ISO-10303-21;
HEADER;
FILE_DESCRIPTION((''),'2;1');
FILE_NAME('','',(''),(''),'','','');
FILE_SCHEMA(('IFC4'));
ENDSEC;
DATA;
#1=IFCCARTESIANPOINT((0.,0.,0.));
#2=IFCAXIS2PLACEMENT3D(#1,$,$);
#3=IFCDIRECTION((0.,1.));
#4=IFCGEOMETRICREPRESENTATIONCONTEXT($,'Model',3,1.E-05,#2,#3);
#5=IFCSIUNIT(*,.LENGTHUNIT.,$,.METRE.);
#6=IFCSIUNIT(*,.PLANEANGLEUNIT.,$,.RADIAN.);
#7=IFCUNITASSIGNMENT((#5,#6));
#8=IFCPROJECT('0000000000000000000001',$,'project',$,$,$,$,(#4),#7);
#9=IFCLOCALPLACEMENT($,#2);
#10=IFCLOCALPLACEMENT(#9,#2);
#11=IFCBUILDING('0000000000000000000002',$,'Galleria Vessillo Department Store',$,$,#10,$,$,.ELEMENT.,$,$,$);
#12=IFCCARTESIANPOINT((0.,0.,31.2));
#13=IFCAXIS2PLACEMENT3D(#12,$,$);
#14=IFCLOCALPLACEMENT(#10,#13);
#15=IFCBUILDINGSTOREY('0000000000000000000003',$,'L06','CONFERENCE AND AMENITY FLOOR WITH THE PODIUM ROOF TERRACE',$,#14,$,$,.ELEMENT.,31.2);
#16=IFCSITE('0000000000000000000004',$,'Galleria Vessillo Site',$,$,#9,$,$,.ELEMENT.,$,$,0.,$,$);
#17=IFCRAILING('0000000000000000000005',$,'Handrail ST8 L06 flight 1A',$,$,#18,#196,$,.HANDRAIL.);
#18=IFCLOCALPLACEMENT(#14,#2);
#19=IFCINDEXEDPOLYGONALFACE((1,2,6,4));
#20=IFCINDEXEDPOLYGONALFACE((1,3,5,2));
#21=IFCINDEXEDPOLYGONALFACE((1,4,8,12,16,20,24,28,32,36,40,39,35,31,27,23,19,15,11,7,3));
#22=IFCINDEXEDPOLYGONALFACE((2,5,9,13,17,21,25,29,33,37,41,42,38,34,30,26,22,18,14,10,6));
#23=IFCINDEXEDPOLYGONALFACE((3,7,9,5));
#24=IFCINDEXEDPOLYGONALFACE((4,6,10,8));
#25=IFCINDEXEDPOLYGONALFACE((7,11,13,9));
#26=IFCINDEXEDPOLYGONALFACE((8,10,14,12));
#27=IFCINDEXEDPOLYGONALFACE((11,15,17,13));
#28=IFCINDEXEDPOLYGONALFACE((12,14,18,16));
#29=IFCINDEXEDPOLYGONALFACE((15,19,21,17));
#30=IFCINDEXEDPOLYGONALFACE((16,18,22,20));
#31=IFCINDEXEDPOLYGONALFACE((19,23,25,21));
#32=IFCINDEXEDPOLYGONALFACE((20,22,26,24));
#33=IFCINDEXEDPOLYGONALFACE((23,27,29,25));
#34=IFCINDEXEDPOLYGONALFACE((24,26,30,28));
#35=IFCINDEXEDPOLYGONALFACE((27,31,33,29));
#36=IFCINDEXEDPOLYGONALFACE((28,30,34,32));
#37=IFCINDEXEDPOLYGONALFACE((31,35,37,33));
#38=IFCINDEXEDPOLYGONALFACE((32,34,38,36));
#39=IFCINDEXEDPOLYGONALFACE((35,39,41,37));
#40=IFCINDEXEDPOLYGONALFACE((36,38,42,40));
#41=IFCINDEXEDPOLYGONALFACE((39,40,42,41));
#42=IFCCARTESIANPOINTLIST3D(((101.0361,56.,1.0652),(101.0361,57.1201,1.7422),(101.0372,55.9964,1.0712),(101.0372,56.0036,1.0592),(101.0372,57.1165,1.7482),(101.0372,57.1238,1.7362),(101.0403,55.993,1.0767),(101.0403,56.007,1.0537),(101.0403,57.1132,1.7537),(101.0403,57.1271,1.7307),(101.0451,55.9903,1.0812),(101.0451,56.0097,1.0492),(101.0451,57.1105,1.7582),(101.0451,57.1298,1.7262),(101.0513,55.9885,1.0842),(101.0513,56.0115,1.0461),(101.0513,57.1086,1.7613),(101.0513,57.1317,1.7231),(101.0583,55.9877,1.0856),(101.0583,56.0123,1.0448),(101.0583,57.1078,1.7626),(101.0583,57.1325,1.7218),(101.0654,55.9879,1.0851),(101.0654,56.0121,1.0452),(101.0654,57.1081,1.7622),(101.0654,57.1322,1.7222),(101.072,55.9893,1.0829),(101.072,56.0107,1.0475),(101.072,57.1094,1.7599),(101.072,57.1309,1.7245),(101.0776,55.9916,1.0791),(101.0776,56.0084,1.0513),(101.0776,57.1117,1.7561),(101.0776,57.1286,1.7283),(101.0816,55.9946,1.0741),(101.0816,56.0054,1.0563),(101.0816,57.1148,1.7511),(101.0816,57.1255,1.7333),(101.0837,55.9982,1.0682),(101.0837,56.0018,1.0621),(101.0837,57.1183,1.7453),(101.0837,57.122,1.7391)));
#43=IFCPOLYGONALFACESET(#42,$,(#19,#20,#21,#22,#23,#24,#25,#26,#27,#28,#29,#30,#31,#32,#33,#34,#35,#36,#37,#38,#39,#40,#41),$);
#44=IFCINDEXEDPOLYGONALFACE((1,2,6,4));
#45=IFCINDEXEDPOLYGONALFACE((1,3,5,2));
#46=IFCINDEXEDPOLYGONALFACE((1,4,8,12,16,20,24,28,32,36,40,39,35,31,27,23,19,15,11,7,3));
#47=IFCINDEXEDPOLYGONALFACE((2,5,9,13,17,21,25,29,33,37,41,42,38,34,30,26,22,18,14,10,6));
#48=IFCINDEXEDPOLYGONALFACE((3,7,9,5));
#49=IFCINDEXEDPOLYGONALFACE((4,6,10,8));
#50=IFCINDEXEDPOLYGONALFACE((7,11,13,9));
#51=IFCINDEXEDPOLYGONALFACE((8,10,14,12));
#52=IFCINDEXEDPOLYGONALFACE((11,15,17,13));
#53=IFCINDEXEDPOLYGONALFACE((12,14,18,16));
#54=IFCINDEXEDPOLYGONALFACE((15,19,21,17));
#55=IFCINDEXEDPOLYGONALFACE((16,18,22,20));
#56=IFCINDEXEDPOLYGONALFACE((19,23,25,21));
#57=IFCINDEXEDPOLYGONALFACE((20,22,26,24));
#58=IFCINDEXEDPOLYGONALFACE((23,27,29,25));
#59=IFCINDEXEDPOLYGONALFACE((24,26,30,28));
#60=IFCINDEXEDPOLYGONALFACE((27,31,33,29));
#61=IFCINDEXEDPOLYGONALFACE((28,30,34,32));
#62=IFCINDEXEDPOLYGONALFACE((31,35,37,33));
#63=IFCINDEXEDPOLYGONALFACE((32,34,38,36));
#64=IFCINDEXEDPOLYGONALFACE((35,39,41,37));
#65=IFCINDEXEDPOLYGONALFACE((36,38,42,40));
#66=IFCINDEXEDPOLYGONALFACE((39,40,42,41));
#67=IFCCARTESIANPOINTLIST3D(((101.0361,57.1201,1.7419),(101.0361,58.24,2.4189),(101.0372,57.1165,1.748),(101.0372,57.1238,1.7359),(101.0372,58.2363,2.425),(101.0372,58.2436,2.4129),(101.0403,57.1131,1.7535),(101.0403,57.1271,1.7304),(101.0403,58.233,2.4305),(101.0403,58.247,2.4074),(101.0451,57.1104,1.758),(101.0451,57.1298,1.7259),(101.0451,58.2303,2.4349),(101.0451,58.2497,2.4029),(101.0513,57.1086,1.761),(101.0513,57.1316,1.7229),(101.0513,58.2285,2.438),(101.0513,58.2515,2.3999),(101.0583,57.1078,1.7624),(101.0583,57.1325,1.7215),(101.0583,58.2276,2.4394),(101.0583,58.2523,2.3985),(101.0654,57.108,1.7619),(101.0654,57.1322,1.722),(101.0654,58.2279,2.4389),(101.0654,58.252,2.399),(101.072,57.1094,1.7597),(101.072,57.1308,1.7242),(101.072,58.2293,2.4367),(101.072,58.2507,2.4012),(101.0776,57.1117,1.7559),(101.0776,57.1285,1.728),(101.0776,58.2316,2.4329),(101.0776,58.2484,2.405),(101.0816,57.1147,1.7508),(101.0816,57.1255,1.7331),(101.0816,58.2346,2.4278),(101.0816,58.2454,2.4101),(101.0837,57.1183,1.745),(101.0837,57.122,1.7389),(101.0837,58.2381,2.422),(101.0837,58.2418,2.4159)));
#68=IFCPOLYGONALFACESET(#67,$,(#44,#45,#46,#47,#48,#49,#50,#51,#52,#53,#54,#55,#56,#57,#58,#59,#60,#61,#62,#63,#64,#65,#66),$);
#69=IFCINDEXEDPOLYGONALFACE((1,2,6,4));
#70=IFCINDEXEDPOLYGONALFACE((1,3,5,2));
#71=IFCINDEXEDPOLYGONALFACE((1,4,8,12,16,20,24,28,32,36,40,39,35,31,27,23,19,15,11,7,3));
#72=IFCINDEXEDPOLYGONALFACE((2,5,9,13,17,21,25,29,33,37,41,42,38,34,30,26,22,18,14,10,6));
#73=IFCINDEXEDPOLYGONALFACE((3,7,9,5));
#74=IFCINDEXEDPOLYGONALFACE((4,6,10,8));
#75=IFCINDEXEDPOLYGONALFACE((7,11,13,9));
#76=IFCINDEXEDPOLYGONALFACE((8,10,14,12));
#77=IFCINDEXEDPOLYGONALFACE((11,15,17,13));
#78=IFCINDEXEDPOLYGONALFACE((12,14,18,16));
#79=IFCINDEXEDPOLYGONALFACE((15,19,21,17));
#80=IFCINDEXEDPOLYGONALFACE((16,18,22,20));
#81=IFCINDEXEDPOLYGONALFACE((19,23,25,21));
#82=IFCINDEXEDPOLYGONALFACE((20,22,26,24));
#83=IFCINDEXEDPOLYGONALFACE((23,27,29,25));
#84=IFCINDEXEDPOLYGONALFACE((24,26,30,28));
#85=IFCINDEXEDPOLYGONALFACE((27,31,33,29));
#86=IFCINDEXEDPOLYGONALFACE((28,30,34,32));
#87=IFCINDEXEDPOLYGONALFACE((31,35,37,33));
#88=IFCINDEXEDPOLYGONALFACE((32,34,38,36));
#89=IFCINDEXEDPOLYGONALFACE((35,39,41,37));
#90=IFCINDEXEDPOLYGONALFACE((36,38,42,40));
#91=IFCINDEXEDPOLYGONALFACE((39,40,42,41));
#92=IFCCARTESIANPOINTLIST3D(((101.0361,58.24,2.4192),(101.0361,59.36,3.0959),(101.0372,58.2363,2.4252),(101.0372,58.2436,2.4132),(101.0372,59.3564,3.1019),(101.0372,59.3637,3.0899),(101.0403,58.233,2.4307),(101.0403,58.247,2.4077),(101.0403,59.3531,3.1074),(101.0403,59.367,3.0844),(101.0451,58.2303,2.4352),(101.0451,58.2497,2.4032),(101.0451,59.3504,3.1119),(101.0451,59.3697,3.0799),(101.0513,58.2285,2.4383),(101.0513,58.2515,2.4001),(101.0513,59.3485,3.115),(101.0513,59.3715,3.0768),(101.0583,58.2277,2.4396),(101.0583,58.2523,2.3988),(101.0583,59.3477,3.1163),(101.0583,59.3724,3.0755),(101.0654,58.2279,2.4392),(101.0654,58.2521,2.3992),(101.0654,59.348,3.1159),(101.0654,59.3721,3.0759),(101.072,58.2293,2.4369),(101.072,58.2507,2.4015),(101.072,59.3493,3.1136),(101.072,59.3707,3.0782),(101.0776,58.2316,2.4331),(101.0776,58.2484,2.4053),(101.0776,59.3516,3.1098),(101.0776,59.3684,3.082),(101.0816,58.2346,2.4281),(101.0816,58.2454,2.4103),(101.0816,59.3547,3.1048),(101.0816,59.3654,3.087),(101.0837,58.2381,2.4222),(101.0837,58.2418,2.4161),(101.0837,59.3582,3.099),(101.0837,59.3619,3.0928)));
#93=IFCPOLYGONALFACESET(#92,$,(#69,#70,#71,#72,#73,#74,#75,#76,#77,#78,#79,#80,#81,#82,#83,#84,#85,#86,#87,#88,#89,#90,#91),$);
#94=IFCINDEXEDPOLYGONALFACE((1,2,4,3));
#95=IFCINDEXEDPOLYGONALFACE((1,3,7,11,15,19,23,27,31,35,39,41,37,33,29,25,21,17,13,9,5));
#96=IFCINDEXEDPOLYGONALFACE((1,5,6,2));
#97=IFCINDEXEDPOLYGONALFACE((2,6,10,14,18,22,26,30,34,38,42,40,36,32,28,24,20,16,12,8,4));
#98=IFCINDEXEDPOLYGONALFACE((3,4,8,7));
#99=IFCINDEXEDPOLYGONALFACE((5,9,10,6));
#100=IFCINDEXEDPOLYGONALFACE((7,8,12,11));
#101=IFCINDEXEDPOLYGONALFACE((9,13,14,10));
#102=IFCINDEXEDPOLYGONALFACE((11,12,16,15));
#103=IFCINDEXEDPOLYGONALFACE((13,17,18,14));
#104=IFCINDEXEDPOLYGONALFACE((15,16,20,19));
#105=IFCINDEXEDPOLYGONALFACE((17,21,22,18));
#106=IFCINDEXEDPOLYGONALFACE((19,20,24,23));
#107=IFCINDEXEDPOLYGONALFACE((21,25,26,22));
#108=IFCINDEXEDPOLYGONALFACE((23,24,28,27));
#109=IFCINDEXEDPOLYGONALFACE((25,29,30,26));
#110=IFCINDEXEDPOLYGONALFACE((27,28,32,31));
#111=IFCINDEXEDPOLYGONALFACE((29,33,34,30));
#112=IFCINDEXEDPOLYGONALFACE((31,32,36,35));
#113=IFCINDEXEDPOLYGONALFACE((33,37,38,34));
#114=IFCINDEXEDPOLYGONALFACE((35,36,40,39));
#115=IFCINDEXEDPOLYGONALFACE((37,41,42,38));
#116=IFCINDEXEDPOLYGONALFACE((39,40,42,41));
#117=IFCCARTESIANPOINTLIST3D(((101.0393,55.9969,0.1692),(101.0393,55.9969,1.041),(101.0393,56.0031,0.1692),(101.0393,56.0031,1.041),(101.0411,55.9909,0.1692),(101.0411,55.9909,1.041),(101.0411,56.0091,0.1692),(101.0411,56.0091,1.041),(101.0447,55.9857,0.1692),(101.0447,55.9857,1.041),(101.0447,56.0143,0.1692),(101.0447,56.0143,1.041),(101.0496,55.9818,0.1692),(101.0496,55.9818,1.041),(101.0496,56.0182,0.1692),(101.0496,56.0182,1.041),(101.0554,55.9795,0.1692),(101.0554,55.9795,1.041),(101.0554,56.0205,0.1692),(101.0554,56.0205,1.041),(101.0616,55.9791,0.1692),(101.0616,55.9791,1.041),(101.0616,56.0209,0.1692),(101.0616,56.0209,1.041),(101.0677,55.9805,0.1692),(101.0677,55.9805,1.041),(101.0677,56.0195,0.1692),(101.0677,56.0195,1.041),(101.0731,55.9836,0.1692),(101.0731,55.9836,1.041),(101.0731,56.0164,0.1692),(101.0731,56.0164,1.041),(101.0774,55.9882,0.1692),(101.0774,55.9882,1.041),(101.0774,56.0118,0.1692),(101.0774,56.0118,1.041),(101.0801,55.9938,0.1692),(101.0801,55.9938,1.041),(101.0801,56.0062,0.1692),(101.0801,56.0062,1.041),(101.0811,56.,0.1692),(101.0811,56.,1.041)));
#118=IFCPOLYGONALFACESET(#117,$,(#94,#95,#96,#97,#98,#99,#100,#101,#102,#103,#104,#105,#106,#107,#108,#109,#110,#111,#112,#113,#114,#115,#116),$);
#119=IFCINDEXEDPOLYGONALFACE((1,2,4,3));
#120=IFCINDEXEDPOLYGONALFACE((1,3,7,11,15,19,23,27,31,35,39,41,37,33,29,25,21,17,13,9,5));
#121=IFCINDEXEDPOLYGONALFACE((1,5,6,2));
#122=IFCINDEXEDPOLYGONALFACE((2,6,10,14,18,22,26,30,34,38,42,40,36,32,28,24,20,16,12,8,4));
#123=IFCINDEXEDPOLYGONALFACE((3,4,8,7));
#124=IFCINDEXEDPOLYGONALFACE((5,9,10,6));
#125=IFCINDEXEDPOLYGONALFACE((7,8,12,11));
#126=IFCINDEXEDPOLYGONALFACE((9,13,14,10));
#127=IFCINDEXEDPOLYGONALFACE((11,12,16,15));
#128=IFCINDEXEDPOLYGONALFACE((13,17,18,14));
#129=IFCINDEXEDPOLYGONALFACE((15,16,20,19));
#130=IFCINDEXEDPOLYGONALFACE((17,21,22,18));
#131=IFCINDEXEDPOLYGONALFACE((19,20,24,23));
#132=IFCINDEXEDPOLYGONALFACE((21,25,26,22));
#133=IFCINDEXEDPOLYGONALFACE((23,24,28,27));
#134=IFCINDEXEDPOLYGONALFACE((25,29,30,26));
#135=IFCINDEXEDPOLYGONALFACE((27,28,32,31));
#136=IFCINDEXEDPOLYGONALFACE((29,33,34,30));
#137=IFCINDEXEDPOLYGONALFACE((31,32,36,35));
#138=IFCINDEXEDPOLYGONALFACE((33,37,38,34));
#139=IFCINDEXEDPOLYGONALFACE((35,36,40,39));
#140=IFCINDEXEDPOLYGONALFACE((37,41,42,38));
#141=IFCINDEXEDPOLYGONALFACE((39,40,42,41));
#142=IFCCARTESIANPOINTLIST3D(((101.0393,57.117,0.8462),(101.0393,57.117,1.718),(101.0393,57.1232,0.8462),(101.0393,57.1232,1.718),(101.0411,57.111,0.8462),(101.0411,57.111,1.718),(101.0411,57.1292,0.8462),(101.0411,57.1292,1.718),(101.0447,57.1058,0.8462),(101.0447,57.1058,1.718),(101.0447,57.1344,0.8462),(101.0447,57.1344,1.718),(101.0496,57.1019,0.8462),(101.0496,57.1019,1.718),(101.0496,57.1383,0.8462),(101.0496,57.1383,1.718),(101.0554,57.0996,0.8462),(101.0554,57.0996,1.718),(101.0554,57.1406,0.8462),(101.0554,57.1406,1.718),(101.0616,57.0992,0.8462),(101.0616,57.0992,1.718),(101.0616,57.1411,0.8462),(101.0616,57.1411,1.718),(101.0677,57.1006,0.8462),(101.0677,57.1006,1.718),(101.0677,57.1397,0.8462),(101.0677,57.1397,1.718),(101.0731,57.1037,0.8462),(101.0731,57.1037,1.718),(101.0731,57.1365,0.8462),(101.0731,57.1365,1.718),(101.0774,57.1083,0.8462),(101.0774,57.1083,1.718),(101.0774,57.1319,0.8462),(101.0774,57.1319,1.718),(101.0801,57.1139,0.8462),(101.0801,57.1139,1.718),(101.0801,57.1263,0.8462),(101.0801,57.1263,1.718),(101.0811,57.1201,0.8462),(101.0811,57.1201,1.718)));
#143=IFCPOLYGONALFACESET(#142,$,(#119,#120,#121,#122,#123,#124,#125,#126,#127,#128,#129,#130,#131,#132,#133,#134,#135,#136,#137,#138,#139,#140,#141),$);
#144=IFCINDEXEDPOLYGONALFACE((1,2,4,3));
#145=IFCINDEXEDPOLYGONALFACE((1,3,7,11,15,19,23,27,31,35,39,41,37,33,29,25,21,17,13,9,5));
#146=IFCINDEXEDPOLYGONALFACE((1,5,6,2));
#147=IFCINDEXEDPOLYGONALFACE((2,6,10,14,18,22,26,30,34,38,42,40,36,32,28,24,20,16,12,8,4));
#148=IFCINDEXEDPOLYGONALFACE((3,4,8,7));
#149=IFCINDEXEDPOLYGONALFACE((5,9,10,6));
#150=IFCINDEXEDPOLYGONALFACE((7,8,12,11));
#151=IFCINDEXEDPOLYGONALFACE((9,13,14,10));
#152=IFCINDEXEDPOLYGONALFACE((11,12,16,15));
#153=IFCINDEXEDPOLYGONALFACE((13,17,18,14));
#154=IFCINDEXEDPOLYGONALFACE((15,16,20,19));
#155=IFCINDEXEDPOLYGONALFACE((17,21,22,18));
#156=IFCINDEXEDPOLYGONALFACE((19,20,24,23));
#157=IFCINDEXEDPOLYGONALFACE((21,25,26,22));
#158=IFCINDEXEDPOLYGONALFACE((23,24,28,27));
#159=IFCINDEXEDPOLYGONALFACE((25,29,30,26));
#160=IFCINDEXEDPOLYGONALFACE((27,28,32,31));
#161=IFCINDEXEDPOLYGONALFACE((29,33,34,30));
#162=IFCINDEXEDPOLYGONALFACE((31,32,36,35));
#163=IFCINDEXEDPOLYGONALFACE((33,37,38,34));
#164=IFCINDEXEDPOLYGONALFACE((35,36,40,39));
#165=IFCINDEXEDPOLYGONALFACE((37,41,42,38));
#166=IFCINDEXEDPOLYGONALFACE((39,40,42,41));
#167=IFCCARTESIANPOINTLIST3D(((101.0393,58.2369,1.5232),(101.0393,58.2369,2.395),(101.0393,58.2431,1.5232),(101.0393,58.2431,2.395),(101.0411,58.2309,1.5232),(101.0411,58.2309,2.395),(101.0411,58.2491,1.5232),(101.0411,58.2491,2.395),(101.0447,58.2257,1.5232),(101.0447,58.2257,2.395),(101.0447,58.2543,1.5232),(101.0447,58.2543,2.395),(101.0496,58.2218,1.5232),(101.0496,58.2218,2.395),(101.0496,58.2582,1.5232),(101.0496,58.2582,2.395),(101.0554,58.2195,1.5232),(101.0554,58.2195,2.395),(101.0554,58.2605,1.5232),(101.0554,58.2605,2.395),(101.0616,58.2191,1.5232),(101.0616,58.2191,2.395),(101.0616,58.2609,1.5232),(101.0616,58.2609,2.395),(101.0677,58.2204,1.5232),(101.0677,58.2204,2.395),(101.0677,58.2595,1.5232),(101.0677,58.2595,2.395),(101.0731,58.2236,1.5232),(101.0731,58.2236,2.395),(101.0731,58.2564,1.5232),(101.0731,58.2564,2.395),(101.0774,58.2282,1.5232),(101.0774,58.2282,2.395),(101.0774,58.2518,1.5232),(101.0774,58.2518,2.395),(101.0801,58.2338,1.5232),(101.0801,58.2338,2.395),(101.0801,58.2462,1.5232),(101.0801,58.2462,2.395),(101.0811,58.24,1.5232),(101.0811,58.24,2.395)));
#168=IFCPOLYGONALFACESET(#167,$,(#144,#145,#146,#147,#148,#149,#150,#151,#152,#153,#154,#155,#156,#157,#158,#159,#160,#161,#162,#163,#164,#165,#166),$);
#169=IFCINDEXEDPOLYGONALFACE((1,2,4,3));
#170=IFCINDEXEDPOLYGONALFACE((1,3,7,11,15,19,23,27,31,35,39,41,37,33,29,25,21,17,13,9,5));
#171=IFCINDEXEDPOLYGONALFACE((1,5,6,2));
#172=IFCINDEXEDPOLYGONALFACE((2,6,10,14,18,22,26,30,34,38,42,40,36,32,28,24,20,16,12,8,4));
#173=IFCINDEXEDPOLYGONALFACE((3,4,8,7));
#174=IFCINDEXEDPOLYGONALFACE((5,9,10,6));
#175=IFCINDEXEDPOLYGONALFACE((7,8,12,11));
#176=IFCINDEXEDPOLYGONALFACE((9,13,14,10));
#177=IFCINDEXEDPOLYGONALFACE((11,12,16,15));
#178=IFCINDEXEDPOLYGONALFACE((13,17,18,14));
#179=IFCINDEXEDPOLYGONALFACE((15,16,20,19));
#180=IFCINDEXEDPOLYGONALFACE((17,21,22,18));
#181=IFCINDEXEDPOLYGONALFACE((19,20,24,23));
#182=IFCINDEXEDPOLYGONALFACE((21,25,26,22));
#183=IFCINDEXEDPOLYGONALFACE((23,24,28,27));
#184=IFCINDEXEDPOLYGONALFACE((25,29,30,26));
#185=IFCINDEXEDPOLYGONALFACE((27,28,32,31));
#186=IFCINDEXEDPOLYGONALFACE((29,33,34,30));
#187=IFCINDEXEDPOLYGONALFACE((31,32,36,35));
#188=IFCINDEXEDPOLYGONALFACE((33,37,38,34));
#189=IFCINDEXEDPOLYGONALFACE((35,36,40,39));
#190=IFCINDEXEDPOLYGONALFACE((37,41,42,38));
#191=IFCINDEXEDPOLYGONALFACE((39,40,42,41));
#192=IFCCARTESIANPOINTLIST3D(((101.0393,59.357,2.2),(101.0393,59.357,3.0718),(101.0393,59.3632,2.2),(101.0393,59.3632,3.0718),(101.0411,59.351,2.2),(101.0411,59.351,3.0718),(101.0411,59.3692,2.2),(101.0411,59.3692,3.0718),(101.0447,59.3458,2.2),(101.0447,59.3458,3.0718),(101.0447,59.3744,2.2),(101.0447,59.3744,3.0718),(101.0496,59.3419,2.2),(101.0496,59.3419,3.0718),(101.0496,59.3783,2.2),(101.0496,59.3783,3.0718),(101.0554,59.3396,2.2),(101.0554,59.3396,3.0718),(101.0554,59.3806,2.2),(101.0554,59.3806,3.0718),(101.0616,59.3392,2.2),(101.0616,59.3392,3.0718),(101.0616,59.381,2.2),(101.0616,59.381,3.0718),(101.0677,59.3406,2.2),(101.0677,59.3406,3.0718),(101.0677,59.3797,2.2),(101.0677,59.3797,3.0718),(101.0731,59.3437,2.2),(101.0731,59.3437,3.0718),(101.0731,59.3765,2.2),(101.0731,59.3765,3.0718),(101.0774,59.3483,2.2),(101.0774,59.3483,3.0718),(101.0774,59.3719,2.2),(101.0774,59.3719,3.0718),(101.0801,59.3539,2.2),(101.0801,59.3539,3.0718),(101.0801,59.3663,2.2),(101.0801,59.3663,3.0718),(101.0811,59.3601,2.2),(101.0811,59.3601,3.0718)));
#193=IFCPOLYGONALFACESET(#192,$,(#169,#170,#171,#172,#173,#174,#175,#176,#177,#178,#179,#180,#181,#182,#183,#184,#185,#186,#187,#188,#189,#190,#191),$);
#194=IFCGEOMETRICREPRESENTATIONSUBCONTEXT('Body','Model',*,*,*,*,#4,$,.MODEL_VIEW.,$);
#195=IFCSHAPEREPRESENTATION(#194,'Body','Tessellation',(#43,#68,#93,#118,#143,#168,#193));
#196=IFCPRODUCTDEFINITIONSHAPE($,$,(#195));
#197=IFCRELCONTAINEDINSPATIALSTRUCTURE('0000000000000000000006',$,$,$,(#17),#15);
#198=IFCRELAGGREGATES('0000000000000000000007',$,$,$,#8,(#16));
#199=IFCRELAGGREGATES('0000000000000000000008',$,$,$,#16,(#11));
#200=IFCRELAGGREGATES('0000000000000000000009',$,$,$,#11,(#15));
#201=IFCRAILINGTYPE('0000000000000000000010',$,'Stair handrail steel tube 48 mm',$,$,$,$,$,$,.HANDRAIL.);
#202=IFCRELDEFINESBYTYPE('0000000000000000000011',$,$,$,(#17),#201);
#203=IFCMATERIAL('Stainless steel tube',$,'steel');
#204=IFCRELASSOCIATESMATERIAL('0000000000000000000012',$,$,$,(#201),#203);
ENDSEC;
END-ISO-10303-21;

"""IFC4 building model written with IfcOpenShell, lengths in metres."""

from ifc_helpers import new_model, si_unit, direction, frame, origin, origin_2d, place, context, subcontext, project, spatial, circle, extrude, material, type_object, element, save


model = new_model("IFC4")

# Units and contexts
model_context = context("Model", 3, precision=1e-05, world=origin(), true_north=direction((0.0, 1.0)))
body_context = subcontext(model_context, "Body", "Model", "MODEL_VIEW")
ifc_project = project(units=[si_unit("LENGTHUNIT", "METRE"), si_unit("PLANEANGLEUNIT", "RADIAN")], contexts=[model_context])

# Site, building, storey
site_placement = place(None, origin())
site = spatial("IfcSite", under=ifc_project, at=site_placement, Name="Galleria Vessillo Site", CompositionType="ELEMENT", RefElevation=0.0)
building_placement = place(site_placement, origin())
building = spatial("IfcBuilding", under=site, at=building_placement, Name="Galleria Vessillo Department Store", CompositionType="ELEMENT")
storey_placement = place(building_placement, frame((0.0, 0.0, 31.2)))
storey = spatial("IfcBuildingStorey", under=building, at=storey_placement, Name="L06", Description="CONFERENCE AND AMENITY FLOOR WITH THE PODIUM ROOF TERRACE", CompositionType="ELEMENT", Elevation=31.2)

# Railing
ifc_material_1 = material(Name="Stainless steel tube", Category="steel")
railing_type = type_object("IfcRailingType", Name="Stair handrail steel tube 48 mm", PredefinedType="HANDRAIL", material=ifc_material_1)
for number, where, name in (
    (1, (101.0601, 56.0, 0.1692), "Handrail ST8 L06 flight 1A"),
):
    element("IfcRailing", number, at=place(storey_placement, frame(where)), inside=storey, type_object=railing_type, Name=name, PredefinedType="HANDRAIL", context=body_context, shape_type="SweptSolid", body=[
        extrude(circle(Radius=0.0239, at=origin_2d()), frame((0.0, 0.0, 0.896), z_axis=(0.0, 0.855826, 0.517264), x_axis=(-1.0, 0.0, 0.0)), (0.0, 0.0, 1.0), 1.3088),
        extrude(circle(Radius=0.0239, at=origin_2d()), frame((0.0, 1.1201, 1.5728), z_axis=(0.0, 0.855776, 0.517346), x_axis=(-1.0, 0.0, 0.0)), (0.0, 0.0, 1.0), 1.3086),
        extrude(circle(Radius=0.0239, at=origin_2d()), frame((0.0, 2.24, 2.25), z_axis=(0.0, 0.855909, 0.517127), x_axis=(-1.0, 0.0, 0.0)), (0.0, 0.0, 1.0), 1.3086),
        extrude(circle(Radius=0.021, at=origin_2d()), origin(), (0.0, 0.0, 1.0), 0.8718),
        extrude(circle(Radius=0.021, at=origin_2d()), frame((0.0, 1.1201, 0.677)), (0.0, 0.0, 1.0), 0.8718),
        extrude(circle(Radius=0.021, at=origin_2d()), frame((0.0, 2.24, 1.354)), (0.0, 0.0, 1.0), 0.8718),
        extrude(circle(Radius=0.021, at=origin_2d()), frame((0.0, 3.3601, 2.0308)), (0.0, 0.0, 1.0), 0.8718),
    ])

save(model, "model.ifc")
